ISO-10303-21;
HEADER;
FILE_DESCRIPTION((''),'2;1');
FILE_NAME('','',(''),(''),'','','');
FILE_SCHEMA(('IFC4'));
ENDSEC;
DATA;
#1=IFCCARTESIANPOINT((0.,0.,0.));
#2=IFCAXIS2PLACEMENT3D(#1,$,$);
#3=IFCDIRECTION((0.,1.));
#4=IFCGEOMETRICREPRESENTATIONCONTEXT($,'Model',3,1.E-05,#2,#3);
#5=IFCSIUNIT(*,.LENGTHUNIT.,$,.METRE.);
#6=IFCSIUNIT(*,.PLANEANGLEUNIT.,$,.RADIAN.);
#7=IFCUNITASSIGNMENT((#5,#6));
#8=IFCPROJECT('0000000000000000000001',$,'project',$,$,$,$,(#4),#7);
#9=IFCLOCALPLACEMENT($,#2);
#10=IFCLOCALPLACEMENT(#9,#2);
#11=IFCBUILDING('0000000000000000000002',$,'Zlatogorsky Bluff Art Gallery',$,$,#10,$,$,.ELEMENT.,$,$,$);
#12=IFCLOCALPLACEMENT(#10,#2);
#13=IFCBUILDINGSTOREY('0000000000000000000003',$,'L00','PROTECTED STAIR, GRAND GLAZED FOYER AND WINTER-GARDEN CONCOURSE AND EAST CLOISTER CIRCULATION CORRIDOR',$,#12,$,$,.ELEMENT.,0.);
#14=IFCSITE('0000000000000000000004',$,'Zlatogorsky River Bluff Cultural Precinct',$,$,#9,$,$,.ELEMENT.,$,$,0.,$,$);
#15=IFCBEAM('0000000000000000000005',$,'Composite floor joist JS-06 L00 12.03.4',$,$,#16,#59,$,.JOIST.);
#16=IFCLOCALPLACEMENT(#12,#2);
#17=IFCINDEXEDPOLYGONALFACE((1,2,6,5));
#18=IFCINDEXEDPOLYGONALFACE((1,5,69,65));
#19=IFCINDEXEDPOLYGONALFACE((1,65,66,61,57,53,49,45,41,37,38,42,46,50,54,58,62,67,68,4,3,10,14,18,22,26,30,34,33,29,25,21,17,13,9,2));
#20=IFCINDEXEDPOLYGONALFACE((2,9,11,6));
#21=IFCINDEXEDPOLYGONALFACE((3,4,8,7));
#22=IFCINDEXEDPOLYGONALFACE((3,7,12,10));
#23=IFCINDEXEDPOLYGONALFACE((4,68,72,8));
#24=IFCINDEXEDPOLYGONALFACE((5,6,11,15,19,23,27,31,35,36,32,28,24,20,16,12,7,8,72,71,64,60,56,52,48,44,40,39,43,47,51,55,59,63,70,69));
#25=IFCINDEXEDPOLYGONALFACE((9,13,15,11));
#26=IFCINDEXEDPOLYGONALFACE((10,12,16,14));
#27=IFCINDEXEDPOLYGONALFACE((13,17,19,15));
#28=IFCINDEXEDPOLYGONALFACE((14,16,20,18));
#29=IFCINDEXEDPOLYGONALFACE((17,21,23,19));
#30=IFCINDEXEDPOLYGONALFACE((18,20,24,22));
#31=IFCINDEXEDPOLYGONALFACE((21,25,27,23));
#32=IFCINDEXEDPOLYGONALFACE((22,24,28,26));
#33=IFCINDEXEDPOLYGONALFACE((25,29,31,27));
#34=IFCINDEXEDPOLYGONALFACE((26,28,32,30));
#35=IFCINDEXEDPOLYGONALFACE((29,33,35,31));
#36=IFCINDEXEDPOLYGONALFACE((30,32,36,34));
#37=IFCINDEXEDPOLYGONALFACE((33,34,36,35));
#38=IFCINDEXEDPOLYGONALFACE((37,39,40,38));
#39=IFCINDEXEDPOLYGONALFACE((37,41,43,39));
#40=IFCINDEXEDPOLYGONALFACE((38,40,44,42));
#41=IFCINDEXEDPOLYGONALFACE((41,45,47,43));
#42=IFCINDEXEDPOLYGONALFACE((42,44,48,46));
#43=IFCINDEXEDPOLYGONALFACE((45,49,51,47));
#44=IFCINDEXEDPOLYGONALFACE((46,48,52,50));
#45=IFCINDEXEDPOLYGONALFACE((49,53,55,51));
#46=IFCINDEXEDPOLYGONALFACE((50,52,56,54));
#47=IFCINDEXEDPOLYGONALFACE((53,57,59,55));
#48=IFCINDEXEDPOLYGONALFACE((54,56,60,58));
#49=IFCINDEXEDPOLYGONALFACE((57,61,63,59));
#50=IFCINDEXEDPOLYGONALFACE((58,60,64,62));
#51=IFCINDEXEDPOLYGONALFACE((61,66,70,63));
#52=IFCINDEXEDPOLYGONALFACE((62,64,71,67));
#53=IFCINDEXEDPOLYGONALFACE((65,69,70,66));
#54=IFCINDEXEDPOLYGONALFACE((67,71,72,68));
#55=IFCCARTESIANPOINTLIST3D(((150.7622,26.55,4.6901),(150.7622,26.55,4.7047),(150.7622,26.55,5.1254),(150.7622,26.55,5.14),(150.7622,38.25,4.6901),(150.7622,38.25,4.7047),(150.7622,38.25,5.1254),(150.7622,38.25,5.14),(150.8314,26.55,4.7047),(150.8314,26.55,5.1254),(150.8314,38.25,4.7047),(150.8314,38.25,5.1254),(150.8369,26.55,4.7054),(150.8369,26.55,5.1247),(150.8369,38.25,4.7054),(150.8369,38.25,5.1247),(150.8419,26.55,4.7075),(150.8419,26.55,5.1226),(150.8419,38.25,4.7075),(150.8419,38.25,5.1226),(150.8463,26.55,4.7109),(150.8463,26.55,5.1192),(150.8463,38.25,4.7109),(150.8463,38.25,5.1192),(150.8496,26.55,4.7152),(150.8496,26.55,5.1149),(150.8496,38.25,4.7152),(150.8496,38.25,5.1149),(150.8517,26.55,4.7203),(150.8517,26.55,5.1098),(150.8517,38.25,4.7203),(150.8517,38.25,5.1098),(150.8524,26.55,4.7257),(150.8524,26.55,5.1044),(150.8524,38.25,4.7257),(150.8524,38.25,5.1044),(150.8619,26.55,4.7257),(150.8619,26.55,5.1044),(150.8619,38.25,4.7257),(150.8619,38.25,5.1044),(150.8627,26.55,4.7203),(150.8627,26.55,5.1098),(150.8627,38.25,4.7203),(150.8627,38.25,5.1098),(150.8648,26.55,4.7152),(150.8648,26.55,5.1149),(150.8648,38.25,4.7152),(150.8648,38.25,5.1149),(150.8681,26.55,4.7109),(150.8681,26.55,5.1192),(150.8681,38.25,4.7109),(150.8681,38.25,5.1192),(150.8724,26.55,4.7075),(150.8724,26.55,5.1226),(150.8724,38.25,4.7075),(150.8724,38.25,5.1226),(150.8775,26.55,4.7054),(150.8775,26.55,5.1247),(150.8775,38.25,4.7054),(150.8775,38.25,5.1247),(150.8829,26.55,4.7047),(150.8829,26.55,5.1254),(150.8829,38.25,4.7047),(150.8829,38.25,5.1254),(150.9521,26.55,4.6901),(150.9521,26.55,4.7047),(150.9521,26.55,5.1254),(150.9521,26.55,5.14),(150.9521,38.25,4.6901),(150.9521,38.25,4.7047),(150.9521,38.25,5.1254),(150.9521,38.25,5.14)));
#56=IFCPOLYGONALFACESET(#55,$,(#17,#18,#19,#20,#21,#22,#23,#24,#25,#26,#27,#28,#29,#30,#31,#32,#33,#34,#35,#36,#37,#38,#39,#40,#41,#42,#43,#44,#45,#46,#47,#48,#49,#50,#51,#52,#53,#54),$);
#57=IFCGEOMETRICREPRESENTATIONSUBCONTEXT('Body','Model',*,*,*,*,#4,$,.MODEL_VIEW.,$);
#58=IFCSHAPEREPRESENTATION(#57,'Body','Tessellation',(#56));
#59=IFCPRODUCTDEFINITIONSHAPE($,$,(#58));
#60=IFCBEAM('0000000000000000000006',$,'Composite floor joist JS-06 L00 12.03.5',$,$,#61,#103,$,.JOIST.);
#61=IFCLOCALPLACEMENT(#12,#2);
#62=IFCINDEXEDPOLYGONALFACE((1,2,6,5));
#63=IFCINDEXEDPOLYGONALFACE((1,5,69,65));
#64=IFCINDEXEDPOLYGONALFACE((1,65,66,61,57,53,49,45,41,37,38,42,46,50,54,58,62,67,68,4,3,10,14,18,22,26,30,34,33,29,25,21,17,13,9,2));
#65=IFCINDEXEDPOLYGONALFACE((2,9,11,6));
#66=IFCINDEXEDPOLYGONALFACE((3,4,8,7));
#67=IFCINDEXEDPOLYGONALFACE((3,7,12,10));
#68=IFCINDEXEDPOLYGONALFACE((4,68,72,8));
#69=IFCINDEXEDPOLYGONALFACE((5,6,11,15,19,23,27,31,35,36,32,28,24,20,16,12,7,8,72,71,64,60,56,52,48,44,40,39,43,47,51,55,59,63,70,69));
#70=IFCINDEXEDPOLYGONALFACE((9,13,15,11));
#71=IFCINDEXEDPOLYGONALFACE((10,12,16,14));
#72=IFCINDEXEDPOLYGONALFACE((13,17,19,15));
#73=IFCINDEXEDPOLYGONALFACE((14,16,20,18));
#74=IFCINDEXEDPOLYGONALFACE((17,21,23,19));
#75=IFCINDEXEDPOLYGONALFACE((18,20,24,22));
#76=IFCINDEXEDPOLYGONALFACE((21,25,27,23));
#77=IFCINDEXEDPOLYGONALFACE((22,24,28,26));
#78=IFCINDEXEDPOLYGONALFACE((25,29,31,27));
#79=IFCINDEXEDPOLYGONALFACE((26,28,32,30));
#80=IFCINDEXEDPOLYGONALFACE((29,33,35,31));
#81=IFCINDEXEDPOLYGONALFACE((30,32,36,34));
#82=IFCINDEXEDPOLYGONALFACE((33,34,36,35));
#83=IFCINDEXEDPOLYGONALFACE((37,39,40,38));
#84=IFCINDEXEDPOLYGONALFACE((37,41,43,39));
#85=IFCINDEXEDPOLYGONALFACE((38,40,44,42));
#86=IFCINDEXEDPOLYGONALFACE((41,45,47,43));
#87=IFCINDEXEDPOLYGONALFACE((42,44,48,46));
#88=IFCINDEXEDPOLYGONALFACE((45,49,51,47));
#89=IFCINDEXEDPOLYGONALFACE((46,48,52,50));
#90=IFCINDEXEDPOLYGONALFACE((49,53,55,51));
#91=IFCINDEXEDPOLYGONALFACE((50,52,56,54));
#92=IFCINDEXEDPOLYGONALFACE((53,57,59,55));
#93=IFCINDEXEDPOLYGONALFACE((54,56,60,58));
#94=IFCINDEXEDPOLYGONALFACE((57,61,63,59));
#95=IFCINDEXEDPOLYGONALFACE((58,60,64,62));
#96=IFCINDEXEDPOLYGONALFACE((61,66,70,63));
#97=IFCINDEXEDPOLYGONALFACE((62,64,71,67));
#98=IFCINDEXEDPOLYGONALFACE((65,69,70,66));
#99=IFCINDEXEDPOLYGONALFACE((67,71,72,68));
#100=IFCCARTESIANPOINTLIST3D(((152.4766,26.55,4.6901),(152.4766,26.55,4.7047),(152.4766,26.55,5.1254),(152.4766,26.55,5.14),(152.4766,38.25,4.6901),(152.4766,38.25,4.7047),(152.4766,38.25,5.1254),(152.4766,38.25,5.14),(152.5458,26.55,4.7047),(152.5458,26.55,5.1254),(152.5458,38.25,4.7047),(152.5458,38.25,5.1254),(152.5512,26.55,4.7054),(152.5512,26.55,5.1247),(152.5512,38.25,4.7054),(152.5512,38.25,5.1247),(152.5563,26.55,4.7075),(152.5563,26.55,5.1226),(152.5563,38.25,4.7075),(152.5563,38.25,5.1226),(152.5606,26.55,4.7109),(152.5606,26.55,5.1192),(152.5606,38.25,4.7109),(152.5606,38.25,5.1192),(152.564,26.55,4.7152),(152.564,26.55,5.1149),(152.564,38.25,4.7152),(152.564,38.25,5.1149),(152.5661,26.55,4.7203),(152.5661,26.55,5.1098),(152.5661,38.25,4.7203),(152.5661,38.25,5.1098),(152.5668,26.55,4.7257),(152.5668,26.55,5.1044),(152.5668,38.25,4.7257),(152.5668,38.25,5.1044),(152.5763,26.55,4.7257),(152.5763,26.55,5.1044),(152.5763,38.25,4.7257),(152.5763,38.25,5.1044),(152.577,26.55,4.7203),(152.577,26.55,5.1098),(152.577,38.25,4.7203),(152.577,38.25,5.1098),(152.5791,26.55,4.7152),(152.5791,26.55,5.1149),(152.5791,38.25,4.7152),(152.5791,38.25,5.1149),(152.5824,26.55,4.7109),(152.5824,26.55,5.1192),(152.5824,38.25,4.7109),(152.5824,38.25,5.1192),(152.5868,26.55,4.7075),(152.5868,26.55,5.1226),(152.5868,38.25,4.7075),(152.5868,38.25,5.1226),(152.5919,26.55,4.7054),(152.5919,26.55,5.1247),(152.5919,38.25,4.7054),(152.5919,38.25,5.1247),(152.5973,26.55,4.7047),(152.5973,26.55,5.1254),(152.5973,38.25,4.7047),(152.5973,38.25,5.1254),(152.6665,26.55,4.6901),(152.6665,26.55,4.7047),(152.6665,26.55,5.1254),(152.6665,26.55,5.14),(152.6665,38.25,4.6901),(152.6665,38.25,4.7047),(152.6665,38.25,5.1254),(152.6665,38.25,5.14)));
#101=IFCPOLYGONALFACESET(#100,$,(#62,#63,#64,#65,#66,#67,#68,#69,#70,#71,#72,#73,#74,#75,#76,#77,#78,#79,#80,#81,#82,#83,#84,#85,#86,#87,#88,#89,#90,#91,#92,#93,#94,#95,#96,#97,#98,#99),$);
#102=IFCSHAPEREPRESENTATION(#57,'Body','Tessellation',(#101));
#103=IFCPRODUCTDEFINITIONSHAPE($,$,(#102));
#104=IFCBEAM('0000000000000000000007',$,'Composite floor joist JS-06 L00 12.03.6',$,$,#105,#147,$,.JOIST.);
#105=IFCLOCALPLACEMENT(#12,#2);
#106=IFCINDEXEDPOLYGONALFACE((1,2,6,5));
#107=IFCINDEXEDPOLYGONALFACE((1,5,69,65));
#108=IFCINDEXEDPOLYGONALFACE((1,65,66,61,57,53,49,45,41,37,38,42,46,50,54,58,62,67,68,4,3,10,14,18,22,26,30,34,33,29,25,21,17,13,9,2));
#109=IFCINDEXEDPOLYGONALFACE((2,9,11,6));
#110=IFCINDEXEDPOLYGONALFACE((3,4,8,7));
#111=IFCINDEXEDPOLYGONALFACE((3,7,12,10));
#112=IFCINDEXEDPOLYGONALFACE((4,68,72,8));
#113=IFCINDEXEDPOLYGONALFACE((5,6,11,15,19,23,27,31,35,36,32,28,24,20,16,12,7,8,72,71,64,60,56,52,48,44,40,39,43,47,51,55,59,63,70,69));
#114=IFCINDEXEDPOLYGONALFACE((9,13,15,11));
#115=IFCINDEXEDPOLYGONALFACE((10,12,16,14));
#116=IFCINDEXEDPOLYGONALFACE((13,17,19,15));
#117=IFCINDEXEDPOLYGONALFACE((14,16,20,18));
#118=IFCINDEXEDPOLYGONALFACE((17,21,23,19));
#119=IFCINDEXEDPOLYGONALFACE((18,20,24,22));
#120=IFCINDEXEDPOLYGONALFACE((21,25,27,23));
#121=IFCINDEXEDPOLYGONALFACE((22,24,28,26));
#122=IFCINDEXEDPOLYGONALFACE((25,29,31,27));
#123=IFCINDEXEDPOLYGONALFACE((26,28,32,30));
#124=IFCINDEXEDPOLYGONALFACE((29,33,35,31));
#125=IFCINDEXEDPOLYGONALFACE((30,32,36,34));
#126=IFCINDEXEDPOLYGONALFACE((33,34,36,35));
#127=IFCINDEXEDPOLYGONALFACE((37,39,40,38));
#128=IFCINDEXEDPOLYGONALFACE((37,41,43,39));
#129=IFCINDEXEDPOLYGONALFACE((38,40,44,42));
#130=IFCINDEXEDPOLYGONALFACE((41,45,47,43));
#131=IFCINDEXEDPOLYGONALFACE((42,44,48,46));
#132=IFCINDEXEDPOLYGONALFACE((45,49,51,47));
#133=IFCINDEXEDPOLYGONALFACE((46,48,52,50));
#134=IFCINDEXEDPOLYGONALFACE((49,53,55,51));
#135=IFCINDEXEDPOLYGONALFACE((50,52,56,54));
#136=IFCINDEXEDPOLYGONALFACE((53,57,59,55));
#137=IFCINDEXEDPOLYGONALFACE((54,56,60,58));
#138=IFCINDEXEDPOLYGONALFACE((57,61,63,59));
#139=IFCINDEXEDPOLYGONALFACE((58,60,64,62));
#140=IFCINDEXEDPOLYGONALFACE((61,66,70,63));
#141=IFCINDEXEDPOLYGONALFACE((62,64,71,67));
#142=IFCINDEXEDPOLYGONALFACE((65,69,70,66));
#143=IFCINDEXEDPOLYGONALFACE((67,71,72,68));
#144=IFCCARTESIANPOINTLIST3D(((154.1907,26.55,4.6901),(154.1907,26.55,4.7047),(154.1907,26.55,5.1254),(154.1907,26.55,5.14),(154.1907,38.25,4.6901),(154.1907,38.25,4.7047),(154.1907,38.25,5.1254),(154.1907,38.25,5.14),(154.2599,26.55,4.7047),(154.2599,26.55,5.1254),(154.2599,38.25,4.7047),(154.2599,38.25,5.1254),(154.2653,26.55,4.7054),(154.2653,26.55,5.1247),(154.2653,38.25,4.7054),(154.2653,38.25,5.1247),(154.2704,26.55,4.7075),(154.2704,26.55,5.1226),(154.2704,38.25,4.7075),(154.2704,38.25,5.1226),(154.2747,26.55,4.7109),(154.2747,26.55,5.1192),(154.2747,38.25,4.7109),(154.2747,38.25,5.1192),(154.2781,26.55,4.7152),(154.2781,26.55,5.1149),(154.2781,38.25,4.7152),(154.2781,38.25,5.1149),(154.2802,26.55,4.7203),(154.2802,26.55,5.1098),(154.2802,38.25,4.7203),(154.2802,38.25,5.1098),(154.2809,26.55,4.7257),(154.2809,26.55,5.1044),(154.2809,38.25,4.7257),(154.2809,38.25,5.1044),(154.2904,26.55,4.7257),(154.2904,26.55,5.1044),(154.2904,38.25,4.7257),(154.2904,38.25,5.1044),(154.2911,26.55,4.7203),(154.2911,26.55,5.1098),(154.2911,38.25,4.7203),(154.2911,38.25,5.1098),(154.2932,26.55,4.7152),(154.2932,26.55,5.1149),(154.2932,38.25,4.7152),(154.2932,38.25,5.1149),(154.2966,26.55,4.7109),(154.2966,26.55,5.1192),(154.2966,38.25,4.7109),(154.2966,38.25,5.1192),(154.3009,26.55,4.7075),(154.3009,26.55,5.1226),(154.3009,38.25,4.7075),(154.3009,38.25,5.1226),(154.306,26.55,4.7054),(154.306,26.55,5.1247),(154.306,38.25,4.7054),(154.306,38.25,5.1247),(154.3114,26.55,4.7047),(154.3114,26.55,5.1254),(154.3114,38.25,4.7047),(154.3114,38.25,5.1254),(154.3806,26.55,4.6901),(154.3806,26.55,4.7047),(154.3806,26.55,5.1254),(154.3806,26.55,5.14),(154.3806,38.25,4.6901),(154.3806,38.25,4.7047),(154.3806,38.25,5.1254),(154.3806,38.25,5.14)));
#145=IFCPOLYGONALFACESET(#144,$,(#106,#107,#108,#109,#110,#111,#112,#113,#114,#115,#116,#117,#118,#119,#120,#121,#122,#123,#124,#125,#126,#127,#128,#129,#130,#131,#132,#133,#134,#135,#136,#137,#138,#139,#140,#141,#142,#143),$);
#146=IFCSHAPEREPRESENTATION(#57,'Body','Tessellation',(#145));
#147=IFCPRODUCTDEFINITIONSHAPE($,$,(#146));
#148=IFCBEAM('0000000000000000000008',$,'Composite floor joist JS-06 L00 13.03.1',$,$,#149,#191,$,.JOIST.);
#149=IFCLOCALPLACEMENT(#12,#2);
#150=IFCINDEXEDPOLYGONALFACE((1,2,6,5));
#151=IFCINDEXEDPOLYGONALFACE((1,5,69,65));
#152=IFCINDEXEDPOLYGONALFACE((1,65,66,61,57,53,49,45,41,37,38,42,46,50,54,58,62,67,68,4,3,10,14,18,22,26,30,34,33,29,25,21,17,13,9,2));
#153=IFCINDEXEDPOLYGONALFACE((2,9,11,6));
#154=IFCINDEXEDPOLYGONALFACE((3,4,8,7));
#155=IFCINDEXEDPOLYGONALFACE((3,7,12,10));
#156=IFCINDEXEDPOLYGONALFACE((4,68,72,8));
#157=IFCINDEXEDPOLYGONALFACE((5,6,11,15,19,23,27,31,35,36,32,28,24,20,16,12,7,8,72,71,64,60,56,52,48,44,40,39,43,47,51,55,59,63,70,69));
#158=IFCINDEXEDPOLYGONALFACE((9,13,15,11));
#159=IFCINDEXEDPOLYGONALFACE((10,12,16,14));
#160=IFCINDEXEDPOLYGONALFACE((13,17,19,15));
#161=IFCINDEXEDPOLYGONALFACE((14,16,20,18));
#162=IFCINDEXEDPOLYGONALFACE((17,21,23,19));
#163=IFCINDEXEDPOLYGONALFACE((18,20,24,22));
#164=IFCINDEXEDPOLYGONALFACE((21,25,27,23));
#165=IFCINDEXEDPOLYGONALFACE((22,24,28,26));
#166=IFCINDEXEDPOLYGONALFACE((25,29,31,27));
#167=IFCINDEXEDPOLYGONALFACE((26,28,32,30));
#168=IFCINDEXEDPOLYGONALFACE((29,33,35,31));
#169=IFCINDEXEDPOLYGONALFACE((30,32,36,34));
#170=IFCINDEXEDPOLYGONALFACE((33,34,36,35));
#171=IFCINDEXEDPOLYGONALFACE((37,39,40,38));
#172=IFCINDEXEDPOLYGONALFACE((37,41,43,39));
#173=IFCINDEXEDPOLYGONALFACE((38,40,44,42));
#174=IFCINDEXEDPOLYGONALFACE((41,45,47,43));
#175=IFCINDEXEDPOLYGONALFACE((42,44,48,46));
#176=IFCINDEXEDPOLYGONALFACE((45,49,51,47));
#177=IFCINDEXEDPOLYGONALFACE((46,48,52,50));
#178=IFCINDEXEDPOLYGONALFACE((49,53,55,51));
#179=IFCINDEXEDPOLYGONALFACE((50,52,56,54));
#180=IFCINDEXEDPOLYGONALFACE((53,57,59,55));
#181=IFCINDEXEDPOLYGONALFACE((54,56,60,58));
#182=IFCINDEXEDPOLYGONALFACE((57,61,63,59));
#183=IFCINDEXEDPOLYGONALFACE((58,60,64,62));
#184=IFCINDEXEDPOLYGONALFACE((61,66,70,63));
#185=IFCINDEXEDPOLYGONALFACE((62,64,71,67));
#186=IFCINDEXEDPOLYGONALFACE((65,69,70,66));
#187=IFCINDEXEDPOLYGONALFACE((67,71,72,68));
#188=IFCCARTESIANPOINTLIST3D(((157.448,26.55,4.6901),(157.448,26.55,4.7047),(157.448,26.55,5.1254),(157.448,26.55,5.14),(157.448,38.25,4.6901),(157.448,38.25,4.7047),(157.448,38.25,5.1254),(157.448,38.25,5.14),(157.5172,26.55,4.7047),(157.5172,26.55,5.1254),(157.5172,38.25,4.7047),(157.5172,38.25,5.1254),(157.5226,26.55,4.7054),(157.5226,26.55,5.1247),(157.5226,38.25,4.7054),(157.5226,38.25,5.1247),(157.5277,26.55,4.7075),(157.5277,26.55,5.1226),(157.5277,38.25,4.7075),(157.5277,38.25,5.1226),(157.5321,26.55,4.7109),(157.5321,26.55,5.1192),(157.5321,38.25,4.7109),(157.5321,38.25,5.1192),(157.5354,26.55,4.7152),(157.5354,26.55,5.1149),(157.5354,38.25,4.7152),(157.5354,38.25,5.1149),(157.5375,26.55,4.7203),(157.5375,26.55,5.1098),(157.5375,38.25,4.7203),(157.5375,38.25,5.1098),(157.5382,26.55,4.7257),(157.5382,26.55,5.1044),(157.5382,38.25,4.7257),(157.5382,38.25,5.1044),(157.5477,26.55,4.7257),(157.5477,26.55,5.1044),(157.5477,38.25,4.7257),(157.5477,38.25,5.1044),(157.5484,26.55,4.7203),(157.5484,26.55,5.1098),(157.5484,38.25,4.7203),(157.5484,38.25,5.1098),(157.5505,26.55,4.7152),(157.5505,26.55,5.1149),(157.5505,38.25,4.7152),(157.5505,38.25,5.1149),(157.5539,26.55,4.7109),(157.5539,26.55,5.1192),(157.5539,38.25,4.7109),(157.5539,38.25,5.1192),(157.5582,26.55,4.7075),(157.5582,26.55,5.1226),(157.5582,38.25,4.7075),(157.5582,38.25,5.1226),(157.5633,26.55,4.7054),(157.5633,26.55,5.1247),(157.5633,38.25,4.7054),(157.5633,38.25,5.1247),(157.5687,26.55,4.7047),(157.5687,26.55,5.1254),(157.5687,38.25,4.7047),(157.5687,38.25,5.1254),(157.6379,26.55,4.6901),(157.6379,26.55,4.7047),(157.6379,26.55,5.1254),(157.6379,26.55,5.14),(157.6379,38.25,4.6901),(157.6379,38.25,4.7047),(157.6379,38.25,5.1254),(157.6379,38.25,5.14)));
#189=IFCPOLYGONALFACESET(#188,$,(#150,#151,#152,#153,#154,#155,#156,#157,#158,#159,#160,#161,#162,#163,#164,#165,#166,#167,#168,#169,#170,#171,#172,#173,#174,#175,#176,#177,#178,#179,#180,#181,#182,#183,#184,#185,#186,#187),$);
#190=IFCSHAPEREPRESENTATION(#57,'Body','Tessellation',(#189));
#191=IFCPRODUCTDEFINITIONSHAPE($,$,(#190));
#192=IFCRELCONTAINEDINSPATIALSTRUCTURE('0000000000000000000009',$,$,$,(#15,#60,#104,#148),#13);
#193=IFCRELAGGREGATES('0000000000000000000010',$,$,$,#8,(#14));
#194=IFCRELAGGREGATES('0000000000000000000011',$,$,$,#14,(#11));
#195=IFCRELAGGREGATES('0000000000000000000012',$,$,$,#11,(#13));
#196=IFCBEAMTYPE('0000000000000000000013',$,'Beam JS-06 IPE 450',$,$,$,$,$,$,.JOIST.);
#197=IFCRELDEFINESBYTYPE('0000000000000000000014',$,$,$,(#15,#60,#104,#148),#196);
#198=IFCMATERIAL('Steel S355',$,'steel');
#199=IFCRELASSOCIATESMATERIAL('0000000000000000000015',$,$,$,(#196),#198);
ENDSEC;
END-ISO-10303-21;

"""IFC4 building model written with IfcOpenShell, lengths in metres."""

from ifc_helpers import new_model, si_unit, direction, frame, origin, origin_2d, place, context, subcontext, project, spatial, i_section, extrude, material, material_profile, profile_set, type_object, element, save


model = new_model("IFC4")

# Units and contexts
model_context = context("Model", 3, precision=1e-05, world=origin(), true_north=direction((0.0, 1.0)))
body_context = subcontext(model_context, "Body", "Model", "MODEL_VIEW")
ifc_project = project(units=[si_unit("LENGTHUNIT", "METRE"), si_unit("PLANEANGLEUNIT", "RADIAN")], contexts=[model_context])

# Site, building, storey
site_placement = place(None, origin())
site = spatial("IfcSite", under=ifc_project, at=site_placement, Name="Zlatogorsky River Bluff Cultural Precinct", CompositionType="ELEMENT", RefElevation=0.0)
building_placement = place(site_placement, origin())
building = spatial("IfcBuilding", under=site, at=building_placement, Name="Zlatogorsky Bluff Art Gallery", CompositionType="ELEMENT")
storey_placement = place(building_placement, origin())
storey = spatial("IfcBuildingStorey", under=building, at=storey_placement, Name="L00", Description="PROTECTED STAIR, GRAND GLAZED FOYER AND WINTER-GARDEN CONCOURSE AND EAST CLOISTER CIRCULATION CORRIDOR", CompositionType="ELEMENT", Elevation=0.0)

# Beams
ifc_material_1 = material(Name="Steel S355", Category="steel")
ifc_material_profile_1 = material_profile(ifc_material_1, i_section(OverallWidth=0.1899, OverallDepth=0.45, WebThickness=0.0095, FlangeThickness=0.0146, FilletRadius=0.021, at=origin_2d()), Name="IPE 450")
ifc_profile_set_1 = profile_set([ifc_material_profile_1], Name="Steel S355")
beam_type_1 = type_object("IfcBeamType", Name="Beam JS-06 IPE 450", PredefinedType="JOIST", material=ifc_profile_set_1)
for number, where, z_axis, x_axis, name in (
    (1, (150.8572, 26.55, 4.915), (0.0, 1.0, 0.0), (-1.0, 0.0, 0.0), "Composite floor joist JS-06 L00 12.03.4"),
    (2, (152.5715, 26.55, 4.915), (0.0, 1.0, 0.0), (-1.0, 0.0, 0.0), "Composite floor joist JS-06 L00 12.03.5"),
    (3, (154.2856, 26.55, 4.915), (0.0, 1.0, 0.0), (-1.0, 0.0, 0.0), "Composite floor joist JS-06 L00 12.03.6"),
    (4, (157.543, 26.55, 4.915), (0.0, 1.0, 0.0), (-1.0, 0.0, 0.0), "Composite floor joist JS-06 L00 13.03.1"),
):
    element("IfcBeam", number, at=place(storey_placement, frame(where, z_axis=z_axis, x_axis=x_axis)), inside=storey, type_object=beam_type_1, Name=name, PredefinedType="JOIST", context=body_context, shape_type="SweptSolid", body=[
        extrude(i_section(OverallWidth=0.1899, OverallDepth=0.45, WebThickness=0.0095, FlangeThickness=0.0146, FilletRadius=0.021, at=origin_2d()), origin(), (0.0, 0.0, 1.0), 11.7),
    ])

save(model, "model.ifc")
